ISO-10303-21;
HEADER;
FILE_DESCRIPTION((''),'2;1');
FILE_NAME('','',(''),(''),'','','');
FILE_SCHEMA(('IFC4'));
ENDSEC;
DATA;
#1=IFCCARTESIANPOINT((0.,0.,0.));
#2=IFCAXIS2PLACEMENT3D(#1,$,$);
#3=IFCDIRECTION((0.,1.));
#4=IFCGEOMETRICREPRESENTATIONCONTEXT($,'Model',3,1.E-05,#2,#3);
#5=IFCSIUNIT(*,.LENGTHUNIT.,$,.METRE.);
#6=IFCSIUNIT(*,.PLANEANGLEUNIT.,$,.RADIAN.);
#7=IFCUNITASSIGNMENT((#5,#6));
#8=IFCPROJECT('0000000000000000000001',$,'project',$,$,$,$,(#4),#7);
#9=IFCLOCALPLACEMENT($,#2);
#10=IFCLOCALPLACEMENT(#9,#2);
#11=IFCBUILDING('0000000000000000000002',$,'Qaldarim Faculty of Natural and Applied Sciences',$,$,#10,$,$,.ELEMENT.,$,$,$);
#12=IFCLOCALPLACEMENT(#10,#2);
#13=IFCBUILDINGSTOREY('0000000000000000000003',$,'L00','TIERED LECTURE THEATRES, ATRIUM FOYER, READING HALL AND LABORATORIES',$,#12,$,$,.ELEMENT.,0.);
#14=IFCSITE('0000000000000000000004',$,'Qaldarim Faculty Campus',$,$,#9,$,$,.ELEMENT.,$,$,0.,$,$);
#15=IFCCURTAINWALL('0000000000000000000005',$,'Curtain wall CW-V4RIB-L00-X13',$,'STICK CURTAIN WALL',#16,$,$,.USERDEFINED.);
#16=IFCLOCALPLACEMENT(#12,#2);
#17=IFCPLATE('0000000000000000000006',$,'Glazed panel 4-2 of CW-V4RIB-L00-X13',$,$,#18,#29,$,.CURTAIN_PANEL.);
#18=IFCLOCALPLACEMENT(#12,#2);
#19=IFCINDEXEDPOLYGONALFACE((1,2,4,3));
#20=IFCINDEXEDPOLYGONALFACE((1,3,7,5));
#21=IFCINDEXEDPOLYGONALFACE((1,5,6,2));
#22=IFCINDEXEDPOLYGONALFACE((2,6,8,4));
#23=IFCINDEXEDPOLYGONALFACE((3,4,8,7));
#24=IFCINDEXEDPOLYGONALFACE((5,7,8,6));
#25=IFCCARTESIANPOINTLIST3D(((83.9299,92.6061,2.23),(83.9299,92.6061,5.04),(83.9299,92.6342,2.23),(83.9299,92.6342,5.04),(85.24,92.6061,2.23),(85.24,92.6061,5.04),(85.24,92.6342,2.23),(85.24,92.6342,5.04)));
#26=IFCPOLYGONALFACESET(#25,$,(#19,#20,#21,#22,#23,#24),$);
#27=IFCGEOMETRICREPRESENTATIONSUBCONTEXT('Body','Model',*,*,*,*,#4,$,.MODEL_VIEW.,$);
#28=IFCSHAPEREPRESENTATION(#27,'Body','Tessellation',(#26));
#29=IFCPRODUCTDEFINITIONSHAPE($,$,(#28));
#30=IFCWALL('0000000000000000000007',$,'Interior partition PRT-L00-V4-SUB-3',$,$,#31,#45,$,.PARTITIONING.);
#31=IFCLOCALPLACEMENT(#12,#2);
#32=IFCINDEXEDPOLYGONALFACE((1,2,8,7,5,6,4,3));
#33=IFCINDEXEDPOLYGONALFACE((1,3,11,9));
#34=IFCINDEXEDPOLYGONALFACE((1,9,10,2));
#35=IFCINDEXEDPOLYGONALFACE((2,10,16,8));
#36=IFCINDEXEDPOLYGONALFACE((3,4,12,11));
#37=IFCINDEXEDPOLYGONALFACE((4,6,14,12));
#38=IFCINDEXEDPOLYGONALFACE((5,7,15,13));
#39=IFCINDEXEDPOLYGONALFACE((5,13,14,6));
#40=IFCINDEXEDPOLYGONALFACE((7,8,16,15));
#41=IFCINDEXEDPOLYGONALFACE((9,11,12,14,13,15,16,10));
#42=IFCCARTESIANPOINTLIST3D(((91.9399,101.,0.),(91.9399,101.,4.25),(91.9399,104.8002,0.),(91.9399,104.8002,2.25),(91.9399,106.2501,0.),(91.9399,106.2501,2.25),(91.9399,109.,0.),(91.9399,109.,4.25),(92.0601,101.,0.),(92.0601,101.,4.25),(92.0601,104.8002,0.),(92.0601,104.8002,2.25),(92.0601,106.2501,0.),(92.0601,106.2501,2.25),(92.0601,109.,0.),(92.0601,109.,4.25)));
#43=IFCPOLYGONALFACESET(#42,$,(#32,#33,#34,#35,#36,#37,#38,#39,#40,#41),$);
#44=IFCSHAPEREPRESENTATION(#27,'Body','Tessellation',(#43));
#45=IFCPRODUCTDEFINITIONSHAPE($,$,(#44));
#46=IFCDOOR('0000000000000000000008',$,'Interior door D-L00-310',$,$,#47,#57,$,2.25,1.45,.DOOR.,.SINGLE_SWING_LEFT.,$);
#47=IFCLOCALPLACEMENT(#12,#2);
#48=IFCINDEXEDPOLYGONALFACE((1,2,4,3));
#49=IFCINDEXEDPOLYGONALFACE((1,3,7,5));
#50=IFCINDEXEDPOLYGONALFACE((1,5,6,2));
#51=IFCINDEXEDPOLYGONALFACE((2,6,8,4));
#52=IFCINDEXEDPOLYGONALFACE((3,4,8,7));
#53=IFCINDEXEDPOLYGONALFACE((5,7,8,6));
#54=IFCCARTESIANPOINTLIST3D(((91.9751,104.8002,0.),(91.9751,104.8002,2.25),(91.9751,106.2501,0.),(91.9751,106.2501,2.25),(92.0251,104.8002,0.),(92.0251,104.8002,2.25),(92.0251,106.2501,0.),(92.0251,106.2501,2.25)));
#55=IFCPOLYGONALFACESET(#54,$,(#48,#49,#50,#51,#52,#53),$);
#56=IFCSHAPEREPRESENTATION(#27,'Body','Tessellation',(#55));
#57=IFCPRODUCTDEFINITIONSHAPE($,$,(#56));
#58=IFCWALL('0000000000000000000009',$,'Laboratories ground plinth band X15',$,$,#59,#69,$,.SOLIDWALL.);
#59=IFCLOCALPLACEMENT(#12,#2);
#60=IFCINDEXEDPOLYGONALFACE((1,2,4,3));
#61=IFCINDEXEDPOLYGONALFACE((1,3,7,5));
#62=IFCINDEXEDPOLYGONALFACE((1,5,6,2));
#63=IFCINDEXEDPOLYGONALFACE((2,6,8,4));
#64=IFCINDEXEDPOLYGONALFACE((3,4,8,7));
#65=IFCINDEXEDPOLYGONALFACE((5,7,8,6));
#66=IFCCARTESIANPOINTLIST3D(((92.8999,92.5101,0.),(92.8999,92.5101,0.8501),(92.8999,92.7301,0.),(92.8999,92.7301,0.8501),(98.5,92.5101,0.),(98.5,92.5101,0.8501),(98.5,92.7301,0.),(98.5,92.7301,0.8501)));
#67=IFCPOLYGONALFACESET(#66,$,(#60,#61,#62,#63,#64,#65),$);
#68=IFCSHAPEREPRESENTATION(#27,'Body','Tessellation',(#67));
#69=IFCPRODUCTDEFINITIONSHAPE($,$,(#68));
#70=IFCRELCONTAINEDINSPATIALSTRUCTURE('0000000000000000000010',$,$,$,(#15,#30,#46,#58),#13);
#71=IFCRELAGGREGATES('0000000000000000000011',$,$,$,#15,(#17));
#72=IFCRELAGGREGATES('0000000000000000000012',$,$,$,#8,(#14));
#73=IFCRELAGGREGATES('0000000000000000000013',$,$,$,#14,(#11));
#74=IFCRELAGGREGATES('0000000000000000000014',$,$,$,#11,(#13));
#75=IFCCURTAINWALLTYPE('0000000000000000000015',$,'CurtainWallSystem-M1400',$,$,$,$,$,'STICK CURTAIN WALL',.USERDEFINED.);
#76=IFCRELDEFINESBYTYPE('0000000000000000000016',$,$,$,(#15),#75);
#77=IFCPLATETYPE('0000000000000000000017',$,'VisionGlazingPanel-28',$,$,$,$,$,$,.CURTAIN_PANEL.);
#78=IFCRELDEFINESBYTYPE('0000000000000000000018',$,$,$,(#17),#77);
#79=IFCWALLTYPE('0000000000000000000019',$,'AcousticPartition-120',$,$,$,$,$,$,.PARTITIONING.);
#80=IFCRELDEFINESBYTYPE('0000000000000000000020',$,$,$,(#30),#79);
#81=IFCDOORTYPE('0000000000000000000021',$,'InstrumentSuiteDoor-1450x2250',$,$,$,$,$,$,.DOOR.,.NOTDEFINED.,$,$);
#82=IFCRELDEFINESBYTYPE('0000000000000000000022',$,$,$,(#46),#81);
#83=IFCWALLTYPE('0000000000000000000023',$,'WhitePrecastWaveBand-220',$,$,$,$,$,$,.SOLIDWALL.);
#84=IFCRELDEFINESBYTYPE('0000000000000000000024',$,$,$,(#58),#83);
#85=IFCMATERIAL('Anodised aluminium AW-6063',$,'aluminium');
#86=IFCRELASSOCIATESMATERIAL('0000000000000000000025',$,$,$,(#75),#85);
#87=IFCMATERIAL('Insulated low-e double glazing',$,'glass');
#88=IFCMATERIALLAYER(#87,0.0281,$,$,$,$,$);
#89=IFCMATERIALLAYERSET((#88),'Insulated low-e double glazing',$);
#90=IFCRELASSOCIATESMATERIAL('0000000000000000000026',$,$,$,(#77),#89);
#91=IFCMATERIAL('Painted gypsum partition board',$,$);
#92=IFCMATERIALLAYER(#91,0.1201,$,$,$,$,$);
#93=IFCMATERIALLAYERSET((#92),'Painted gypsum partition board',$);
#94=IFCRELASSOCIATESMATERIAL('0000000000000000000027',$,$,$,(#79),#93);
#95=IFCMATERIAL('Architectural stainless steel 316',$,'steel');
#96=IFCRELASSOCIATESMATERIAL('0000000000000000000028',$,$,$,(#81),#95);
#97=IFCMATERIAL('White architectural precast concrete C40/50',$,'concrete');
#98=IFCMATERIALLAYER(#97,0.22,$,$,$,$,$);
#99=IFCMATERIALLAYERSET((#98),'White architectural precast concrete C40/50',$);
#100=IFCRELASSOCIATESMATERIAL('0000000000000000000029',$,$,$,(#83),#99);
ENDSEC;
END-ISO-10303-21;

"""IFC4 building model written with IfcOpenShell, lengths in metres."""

from ifc_helpers import new_model, si_unit, direction, frame, frame_2d, origin, origin_2d, place, context, subcontext, project, spatial, rectangle, extrude, material, layer, layer_set, type_object, element, fill, aggregate, save


model = new_model("IFC4")

# Units and contexts
model_context = context("Model", 3, precision=1e-05, world=origin(), true_north=direction((0.0, 1.0)))
body_context = subcontext(model_context, "Body", "Model", "MODEL_VIEW")
ifc_project = project(units=[si_unit("LENGTHUNIT", "METRE"), si_unit("PLANEANGLEUNIT", "RADIAN")], contexts=[model_context])

# Site, building, storey
site_placement = place(None, origin())
site = spatial("IfcSite", under=ifc_project, at=site_placement, Name="Qaldarim Faculty Campus", CompositionType="ELEMENT", RefElevation=0.0)
building_placement = place(site_placement, origin())
building = spatial("IfcBuilding", under=site, at=building_placement, Name="Qaldarim Faculty of Natural and Applied Sciences", CompositionType="ELEMENT")
storey_placement = place(building_placement, origin())
storey = spatial("IfcBuildingStorey", under=building, at=storey_placement, Name="L00", Description="TIERED LECTURE THEATRES, ATRIUM FOYER, READING HALL AND LABORATORIES", CompositionType="ELEMENT", Elevation=0.0)

# Curtain wall
ifc_material_1 = material(Name="Anodised aluminium AW-6063", Category="aluminium")
curtain_wall_type = type_object("IfcCurtainWallType", Name="CurtainWallSystem-M1400", ElementType="STICK CURTAIN WALL", PredefinedType="USERDEFINED", material=ifc_material_1)
curtain_wall_1_placement = place(storey_placement, origin())
curtain_wall_1 = element("IfcCurtainWall", 1, at=curtain_wall_1_placement, inside=storey, type_object=curtain_wall_type, Name="Curtain wall CW-V4RIB-L00-X13", ObjectType="STICK CURTAIN WALL", PredefinedType="USERDEFINED")

# Plate
ifc_material_2 = material(Name="Insulated low-e double glazing", Category="glass")
ifc_layer_1 = layer(ifc_material_2, 0.0281)
ifc_layer_set_1 = layer_set([ifc_layer_1], Name="Insulated low-e double glazing")
plate_type = type_object("IfcPlateType", Name="VisionGlazingPanel-28", PredefinedType="CURTAIN_PANEL", material=ifc_layer_set_1)
plate_1_placement = place(storey_placement, frame((84.585, 92.6201, 2.23), z_axis=(0.0, 0.0, 1.0), x_axis=(1.0, 0.0, 0.0)))
plate_1 = element("IfcPlate", 2, at=plate_1_placement, type_object=plate_type, Name="Glazed panel 4-2 of CW-V4RIB-L00-X13", PredefinedType="CURTAIN_PANEL", context=body_context, shape_type="SweptSolid", body=[
    extrude(rectangle(XDim=1.3101, YDim=0.0281, at=origin_2d()), origin(), (0.0, 0.0, 1.0), 2.8101),
])
aggregate(curtain_wall_1, [plate_1])

# Wall, opening, door
ifc_material_3 = material(Name="Painted gypsum partition board")
ifc_layer_2 = layer(ifc_material_3, 0.1201)
ifc_layer_set_2 = layer_set([ifc_layer_2], Name="Painted gypsum partition board")
wall_type_1 = type_object("IfcWallType", Name="AcousticPartition-120", PredefinedType="PARTITIONING", material=ifc_layer_set_2)
wall_1_placement = place(storey_placement, frame((92.0, 101.0, 0.0), z_axis=(0.0, 0.0, 1.0), x_axis=(0.0, 1.0, 0.0)))
wall_1 = element("IfcWall", 3, at=wall_1_placement, inside=storey, type_object=wall_type_1, Name="Interior partition PRT-L00-V4-SUB-3", PredefinedType="PARTITIONING", context=body_context, shape_type="SweptSolid", body=[
    extrude(rectangle(XDim=8.0, YDim=0.1201, at=frame_2d((4.0, 0.0))), origin(), (0.0, 0.0, 1.0), 4.25),
])
opening_1_placement = place(wall_1_placement, frame((3.8, 0.0, 0.0)))
opening_1 = element("IfcOpeningElement", 4, at=opening_1_placement, cuts=wall_1, PredefinedType="OPENING", context=body_context, shape_type="SweptSolid", body=[
    extrude(rectangle(XDim=1.45, YDim=2.25, at=frame_2d((0.7251, 1.125))), frame((0.0, 0.0701, 0.0), z_axis=(0.0, -1.0, 0.0), x_axis=(1.0, 0.0, 0.0)), (0.0, 0.0, 1.0), 0.1401),
])
ifc_material_4 = material(Name="Architectural stainless steel 316", Category="steel")
door_type_1 = type_object("IfcDoorType", Name="InstrumentSuiteDoor-1450x2250", OperationType="NOTDEFINED", PredefinedType="DOOR", material=ifc_material_4)
door_1_placement = place(opening_1_placement, origin())
door_1 = element("IfcDoor", 5, at=door_1_placement, inside=storey, type_object=door_type_1, Name="Interior door D-L00-310", OperationType="SINGLE_SWING_LEFT", OverallHeight=2.25, OverallWidth=1.45, PredefinedType="DOOR", context=body_context, shape_type="SweptSolid", body=[
    extrude(rectangle(XDim=1.45, YDim=2.25, at=frame_2d((0.7251, 1.125))), frame((0.0, 0.0249, 0.0), z_axis=(0.0, -1.0, 0.0), x_axis=(1.0, 0.0, 0.0)), (0.0, 0.0, 1.0), 0.05),
])
fill(opening_1, door_1)

# Wall
ifc_material_5 = material(Name="White architectural precast concrete C40/50", Category="concrete")
ifc_layer_3 = layer(ifc_material_5, 0.22)
ifc_layer_set_3 = layer_set([ifc_layer_3], Name="White architectural precast concrete C40/50")
wall_type_2 = type_object("IfcWallType", Name="WhitePrecastWaveBand-220", PredefinedType="SOLIDWALL", material=ifc_layer_set_3)
wall_2_placement = place(storey_placement, frame((92.8999, 92.6201, 0.0), z_axis=(0.0, 0.0, 1.0), x_axis=(1.0, 0.0, 0.0)))
element("IfcWall", 6, at=wall_2_placement, inside=storey, type_object=wall_type_2, Name="Laboratories ground plinth band X15", PredefinedType="SOLIDWALL", context=body_context, shape_type="SweptSolid", body=[
    extrude(rectangle(XDim=5.6001, YDim=0.22, at=frame_2d((2.8, 0.0))), origin(), (0.0, 0.0, 1.0), 0.8501),
])

save(model, "model.ifc")
